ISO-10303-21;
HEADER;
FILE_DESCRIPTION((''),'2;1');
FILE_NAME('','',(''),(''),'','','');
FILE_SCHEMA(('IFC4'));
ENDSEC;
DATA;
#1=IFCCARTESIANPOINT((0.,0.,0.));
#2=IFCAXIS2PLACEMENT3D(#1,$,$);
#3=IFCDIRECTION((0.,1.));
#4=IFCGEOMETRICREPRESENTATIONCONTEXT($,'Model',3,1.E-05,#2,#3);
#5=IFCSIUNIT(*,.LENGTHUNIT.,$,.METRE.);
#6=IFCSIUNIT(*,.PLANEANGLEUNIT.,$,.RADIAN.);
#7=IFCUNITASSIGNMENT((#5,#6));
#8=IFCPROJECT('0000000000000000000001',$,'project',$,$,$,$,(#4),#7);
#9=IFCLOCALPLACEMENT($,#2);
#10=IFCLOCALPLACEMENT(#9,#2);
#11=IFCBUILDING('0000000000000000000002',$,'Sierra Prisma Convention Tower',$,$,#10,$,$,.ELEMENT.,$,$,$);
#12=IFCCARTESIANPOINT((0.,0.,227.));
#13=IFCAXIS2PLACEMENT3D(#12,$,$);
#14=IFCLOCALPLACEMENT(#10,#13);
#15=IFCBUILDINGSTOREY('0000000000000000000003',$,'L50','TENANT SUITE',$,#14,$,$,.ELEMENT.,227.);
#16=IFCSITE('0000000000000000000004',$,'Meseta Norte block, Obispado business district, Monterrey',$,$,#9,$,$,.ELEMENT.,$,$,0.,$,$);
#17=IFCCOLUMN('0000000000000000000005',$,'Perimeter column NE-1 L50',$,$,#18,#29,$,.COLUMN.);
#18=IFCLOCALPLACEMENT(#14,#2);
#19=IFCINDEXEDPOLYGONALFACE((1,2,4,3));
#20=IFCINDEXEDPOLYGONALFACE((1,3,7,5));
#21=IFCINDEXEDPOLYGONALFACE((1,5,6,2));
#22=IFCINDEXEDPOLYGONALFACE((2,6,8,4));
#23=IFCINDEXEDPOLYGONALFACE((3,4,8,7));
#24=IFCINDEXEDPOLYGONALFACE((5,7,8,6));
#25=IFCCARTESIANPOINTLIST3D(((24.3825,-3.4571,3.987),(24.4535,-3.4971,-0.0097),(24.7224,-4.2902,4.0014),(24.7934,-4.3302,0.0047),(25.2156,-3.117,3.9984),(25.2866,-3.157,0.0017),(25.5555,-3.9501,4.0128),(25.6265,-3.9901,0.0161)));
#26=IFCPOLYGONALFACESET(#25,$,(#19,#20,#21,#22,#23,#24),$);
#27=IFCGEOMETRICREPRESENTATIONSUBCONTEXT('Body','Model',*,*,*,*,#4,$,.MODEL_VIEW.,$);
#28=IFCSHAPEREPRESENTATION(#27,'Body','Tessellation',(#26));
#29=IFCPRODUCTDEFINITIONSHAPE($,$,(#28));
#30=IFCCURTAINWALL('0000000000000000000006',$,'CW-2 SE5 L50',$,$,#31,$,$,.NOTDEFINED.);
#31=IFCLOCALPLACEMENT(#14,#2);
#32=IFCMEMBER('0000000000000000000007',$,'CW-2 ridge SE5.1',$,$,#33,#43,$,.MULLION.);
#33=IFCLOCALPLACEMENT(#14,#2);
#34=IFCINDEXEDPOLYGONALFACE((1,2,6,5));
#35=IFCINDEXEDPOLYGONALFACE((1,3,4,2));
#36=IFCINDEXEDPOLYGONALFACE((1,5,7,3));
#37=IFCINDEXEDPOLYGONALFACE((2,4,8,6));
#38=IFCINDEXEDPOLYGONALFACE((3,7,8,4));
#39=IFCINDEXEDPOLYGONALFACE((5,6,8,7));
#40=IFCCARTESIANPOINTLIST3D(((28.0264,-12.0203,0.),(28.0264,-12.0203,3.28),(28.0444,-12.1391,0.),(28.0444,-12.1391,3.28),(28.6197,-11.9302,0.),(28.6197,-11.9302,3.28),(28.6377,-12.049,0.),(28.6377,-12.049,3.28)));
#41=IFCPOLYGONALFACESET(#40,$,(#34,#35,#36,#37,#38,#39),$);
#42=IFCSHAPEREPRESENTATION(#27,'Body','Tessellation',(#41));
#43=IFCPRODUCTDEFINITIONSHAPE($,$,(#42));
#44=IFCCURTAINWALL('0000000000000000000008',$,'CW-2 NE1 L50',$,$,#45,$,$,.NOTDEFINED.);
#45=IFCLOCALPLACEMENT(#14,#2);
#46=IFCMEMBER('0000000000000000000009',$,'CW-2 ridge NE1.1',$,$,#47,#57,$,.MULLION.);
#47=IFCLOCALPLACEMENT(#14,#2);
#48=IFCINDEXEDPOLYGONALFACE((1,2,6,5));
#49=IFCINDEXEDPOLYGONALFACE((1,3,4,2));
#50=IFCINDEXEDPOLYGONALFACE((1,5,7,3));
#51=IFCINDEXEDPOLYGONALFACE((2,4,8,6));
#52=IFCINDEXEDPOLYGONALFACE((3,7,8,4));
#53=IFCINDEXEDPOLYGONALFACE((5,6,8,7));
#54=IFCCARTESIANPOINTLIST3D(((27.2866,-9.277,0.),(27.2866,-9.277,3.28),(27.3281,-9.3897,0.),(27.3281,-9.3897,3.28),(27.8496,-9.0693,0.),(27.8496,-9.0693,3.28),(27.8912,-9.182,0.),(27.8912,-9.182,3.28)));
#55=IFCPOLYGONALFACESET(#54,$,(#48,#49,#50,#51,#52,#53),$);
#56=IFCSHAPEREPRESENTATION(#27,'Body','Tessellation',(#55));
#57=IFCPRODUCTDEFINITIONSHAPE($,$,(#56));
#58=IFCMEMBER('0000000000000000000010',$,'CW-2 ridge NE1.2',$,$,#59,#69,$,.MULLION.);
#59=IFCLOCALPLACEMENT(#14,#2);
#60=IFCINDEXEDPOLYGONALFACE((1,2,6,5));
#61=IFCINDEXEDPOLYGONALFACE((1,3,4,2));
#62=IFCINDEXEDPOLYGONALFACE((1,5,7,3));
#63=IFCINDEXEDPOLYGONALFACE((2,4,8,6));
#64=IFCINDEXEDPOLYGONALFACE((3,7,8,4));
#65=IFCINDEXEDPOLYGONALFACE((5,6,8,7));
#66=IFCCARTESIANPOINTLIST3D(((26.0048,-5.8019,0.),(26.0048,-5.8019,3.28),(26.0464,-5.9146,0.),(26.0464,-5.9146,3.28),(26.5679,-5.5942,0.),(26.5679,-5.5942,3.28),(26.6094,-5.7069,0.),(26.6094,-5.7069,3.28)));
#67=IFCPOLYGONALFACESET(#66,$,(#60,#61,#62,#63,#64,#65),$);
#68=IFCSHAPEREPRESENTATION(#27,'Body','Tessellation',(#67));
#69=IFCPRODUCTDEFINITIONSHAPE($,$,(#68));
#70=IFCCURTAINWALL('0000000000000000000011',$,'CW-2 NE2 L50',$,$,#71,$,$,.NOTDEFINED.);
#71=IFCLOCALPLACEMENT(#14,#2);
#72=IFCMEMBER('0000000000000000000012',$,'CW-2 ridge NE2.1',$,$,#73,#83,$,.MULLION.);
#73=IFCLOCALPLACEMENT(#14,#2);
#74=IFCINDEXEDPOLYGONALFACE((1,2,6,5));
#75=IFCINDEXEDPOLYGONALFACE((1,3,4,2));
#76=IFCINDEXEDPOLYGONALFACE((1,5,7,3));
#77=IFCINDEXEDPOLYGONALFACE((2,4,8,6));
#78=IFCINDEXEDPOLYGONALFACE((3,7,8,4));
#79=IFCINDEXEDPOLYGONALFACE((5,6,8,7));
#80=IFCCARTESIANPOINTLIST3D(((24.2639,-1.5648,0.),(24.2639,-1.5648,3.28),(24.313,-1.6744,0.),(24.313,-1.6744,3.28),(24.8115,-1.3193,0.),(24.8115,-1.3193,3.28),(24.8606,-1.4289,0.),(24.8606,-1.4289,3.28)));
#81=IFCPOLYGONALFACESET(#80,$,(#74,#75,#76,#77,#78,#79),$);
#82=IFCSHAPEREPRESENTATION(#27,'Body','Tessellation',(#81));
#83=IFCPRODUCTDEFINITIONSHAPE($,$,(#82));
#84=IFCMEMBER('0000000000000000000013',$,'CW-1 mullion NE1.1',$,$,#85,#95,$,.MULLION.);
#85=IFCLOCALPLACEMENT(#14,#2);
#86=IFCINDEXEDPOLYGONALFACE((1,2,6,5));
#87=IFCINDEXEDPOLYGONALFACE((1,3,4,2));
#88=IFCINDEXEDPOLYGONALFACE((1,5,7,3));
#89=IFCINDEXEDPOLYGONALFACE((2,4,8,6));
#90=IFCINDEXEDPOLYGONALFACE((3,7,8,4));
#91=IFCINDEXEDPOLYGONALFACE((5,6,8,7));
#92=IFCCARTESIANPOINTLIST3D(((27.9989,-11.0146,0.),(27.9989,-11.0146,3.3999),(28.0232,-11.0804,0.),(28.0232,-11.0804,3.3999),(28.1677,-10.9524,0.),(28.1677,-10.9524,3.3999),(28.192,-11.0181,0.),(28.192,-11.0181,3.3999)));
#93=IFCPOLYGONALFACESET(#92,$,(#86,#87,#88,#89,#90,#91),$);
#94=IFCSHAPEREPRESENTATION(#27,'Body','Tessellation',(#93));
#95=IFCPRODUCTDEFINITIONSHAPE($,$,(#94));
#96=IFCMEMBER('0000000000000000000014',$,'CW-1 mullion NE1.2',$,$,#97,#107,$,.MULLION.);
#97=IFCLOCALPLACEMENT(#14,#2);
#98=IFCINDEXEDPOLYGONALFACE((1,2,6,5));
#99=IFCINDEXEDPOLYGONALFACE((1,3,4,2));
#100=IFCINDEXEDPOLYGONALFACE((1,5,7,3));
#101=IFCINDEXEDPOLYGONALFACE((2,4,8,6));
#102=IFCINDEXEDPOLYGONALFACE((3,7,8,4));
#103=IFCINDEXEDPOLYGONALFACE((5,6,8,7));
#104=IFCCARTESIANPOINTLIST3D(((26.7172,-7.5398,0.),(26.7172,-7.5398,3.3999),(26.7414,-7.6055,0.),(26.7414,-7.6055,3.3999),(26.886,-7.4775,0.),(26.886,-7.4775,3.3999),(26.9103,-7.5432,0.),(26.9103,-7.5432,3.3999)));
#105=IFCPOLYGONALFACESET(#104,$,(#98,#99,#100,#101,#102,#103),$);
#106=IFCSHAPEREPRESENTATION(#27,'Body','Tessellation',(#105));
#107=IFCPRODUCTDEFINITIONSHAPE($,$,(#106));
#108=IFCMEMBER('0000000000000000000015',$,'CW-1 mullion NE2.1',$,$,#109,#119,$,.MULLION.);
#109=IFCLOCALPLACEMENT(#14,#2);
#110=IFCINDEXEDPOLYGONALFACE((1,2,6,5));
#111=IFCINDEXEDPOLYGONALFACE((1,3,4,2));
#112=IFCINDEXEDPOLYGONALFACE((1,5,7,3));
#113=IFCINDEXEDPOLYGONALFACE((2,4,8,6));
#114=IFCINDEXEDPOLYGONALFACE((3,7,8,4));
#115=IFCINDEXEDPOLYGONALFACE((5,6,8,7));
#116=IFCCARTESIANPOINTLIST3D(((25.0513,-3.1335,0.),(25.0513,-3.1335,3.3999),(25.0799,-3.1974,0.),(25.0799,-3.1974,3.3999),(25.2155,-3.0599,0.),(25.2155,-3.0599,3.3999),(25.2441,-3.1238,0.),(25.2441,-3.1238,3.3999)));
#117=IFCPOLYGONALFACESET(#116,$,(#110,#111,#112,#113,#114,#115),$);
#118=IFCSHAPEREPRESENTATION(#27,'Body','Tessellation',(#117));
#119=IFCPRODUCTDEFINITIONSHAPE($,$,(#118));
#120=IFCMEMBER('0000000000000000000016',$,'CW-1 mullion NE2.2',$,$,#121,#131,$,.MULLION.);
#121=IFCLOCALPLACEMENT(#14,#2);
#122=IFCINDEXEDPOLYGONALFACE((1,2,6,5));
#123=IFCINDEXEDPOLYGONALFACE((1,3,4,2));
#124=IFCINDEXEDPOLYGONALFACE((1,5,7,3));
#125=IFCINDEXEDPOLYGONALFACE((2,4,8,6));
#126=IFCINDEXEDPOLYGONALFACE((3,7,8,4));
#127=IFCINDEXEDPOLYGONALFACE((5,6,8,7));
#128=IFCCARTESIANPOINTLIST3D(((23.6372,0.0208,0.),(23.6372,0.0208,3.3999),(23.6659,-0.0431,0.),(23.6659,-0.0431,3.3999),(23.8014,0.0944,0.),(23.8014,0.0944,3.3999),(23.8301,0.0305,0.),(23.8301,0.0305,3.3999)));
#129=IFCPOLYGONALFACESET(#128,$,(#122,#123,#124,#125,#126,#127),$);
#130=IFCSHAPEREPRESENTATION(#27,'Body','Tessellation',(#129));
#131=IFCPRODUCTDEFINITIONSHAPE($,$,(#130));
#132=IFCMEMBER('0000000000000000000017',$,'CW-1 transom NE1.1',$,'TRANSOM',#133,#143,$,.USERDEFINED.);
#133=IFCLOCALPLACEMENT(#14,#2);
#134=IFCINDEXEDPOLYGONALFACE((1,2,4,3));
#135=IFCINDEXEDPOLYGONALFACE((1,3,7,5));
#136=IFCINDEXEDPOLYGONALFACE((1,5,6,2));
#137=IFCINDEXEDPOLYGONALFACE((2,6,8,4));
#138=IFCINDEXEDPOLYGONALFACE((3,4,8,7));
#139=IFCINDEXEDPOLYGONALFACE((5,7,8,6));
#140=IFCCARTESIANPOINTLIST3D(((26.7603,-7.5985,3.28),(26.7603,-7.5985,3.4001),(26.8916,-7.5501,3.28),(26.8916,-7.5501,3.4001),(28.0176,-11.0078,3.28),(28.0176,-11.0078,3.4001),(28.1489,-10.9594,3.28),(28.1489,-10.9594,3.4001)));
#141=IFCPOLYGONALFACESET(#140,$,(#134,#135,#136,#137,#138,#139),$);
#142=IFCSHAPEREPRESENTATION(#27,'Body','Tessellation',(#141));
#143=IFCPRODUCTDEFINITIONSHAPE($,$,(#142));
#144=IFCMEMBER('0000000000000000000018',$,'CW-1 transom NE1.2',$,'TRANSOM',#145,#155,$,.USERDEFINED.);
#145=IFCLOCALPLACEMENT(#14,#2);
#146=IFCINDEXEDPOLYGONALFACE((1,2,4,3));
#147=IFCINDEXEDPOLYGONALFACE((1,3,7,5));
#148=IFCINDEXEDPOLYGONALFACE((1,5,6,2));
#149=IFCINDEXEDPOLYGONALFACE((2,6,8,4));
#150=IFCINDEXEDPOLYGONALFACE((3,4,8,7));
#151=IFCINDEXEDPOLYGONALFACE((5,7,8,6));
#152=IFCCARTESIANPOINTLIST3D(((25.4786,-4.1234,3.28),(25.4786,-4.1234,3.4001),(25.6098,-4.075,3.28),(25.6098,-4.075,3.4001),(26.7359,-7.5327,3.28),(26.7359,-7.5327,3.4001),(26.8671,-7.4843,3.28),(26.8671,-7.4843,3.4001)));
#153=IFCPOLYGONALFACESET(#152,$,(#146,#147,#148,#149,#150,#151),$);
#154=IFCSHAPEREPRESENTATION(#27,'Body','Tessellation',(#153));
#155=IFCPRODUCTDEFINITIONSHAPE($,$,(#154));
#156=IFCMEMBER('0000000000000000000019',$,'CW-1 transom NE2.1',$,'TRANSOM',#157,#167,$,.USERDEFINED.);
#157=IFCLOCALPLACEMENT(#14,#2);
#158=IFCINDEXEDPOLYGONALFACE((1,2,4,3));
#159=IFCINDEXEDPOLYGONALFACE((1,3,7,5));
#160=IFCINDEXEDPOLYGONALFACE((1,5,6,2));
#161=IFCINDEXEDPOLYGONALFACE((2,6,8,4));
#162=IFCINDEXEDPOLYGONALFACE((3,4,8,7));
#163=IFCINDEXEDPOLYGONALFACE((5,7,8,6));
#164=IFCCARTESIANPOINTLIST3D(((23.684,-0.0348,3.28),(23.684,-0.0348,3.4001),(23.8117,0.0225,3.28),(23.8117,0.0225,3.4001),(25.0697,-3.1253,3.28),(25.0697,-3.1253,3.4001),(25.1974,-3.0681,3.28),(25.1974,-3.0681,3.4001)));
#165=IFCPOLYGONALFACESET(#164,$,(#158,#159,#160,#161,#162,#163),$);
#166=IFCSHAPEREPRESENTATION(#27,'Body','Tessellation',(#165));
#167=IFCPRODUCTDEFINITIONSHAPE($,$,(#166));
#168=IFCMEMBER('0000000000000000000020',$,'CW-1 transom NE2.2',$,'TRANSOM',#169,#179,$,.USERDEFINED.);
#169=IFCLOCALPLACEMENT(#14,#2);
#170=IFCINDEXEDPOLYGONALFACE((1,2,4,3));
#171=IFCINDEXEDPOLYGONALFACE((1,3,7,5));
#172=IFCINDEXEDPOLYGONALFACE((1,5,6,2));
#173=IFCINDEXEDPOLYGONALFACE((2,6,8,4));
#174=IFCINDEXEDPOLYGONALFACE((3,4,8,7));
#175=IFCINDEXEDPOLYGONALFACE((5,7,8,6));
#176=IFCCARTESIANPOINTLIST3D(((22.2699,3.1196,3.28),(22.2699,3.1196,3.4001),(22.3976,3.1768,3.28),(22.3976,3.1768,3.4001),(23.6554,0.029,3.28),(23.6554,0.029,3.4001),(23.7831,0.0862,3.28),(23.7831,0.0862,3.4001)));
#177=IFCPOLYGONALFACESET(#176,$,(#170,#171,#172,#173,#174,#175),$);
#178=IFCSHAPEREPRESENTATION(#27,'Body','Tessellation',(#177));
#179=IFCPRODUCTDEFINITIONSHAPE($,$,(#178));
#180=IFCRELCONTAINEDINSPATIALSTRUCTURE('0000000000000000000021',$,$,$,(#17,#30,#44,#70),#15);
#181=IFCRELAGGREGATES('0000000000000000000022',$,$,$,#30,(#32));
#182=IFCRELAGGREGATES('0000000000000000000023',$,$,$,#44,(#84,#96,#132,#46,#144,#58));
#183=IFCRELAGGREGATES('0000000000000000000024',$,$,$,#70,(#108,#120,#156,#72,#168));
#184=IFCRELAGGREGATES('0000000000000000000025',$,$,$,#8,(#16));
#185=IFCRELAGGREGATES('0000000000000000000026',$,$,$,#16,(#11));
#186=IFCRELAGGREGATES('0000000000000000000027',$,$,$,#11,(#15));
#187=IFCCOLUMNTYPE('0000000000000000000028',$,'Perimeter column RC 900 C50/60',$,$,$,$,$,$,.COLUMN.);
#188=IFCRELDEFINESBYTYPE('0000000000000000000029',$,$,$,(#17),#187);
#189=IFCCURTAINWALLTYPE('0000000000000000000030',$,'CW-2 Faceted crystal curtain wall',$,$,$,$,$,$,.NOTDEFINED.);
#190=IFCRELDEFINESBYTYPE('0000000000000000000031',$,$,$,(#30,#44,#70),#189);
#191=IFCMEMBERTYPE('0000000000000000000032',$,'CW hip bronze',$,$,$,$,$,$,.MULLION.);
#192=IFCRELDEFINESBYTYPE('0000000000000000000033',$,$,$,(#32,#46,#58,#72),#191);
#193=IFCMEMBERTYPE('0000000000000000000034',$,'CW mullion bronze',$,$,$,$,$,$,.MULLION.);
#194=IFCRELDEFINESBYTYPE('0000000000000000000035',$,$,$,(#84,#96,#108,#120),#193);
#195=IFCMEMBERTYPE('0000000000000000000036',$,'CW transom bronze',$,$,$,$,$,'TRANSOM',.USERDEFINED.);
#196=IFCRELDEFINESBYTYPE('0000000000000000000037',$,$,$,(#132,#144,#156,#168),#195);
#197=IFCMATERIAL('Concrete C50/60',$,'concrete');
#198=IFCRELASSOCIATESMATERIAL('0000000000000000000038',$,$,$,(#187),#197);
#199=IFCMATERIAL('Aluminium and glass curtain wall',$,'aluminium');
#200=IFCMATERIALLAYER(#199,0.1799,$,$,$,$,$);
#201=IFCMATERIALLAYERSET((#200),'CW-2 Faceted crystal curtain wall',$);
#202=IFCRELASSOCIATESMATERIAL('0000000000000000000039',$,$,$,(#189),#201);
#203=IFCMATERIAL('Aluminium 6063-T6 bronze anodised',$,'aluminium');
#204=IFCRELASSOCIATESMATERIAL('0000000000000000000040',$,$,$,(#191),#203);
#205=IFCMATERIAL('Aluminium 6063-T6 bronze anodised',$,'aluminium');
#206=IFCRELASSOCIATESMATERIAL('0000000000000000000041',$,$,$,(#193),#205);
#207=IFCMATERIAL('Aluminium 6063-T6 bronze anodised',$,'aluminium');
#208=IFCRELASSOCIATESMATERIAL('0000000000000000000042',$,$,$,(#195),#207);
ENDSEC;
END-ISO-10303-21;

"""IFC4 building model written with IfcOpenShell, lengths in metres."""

from ifc_helpers import new_model, si_unit, direction, frame, origin, origin_2d, place, context, subcontext, project, spatial, rectangle, extrude, clip, halfspace, material, layer, layer_set, material_profile, profile_set, type_object, element, aggregate, save


model = new_model("IFC4")

# Units and contexts
model_context = context("Model", 3, precision=1e-05, world=origin(), true_north=direction((0.0, 1.0)))
body_context = subcontext(model_context, "Body", "Model", "MODEL_VIEW")
ifc_project = project(units=[si_unit("LENGTHUNIT", "METRE"), si_unit("PLANEANGLEUNIT", "RADIAN")], contexts=[model_context])

# Site, building, storey
site_placement = place(None, origin())
site = spatial("IfcSite", under=ifc_project, at=site_placement, Name="Meseta Norte block, Obispado business district, Monterrey", CompositionType="ELEMENT", RefElevation=0.0)
building_placement = place(site_placement, origin())
building = spatial("IfcBuilding", under=site, at=building_placement, Name="Sierra Prisma Convention Tower", CompositionType="ELEMENT")
storey_placement = place(building_placement, frame((0.0, 0.0, 227.0)))
storey = spatial("IfcBuildingStorey", under=building, at=storey_placement, Name="L50", Description="TENANT SUITE", CompositionType="ELEMENT", Elevation=227.0)

# Column
ifc_material_1 = material(Name="Concrete C50/60", Category="concrete")
ifc_material_profile_1 = material_profile(ifc_material_1, rectangle(XDim=0.8999, YDim=0.8999, at=origin_2d()), Name="Perimeter column RC 900 C50/60")
ifc_profile_set_1 = profile_set([ifc_material_profile_1], Name="Concrete C50/60")
column_type = type_object("IfcColumnType", Name="Perimeter column RC 900 C50/60", PredefinedType="COLUMN", material=ifc_profile_set_1)
column_placement = place(storey_placement, frame((25.04, -3.7437, 0.0), z_axis=(-0.017758, 0.010008, 0.999792), x_axis=(-0.37773, 0.925778, -0.015976)))
element("IfcColumn", 1, at=column_placement, inside=storey, type_object=column_type, Name="Perimeter column NE-1 L50", PredefinedType="COLUMN", context=body_context, shape_type="SweptSolid", body=[
    clip(extrude(rectangle(XDim=0.8999, YDim=0.8999, at=origin_2d()), origin(), (0.0, 0.0, 1.0), 4.0007), halfspace(frame((0.0, 0.0, 0.0032)), True)),
])

# Curtain wall, member
ifc_material_2 = material(Name="Aluminium and glass curtain wall", Category="aluminium")
ifc_layer_1 = layer(ifc_material_2, 0.1799)
ifc_layer_set_1 = layer_set([ifc_layer_1], Name="CW-2 Faceted crystal curtain wall")
curtain_wall_type = type_object("IfcCurtainWallType", Name="CW-2 Faceted crystal curtain wall", PredefinedType="NOTDEFINED", material=ifc_layer_set_1)
curtain_wall_1_placement = place(storey_placement, origin())
curtain_wall_1 = element("IfcCurtainWall", 2, at=curtain_wall_1_placement, inside=storey, type_object=curtain_wall_type, Name="CW-2 SE5 L50", PredefinedType="NOTDEFINED")
ifc_material_3 = material(Name="Aluminium 6063-T6 bronze anodised", Category="aluminium")
ifc_material_profile_2 = material_profile(ifc_material_3, rectangle(XDim=0.1201, YDim=0.6001, at=origin_2d()), Name="ALU RIDGE BLADE 120x600")
ifc_profile_set_2 = profile_set([ifc_material_profile_2], Name="Aluminium 6063-T6 bronze anodised")
member_type_1 = type_object("IfcMemberType", Name="CW hip bronze", PredefinedType="MULLION", material=ifc_profile_set_2)
member_1_placement = place(storey_placement, frame((28.332, -12.0347, 0.0), z_axis=(0.0, 0.0, 1.0), x_axis=(-0.15016, 0.988662, 0.0)))
member_1 = element("IfcMember", 3, at=member_1_placement, type_object=member_type_1, Name="CW-2 ridge SE5.1", PredefinedType="MULLION", context=body_context, shape_type="SweptSolid", body=[
    extrude(rectangle(XDim=0.1201, YDim=0.6001, at=origin_2d()), origin(), (0.0, 0.0, 1.0), 3.28),
])

# Curtain wall, members
curtain_wall_2_placement = place(storey_placement, origin())
curtain_wall_2 = element("IfcCurtainWall", 4, at=curtain_wall_2_placement, inside=storey, type_object=curtain_wall_type, Name="CW-2 NE1 L50", PredefinedType="NOTDEFINED")
member_2_placement = place(storey_placement, frame((27.5889, -9.2295, 0.0), z_axis=(0.0, 0.0, 1.0), x_axis=(-0.346052, 0.938215, 0.0)))
member_2 = element("IfcMember", 5, at=member_2_placement, type_object=member_type_1, Name="CW-2 ridge NE1.1", PredefinedType="MULLION", context=body_context, shape_type="SweptSolid", body=[
    extrude(rectangle(XDim=0.1201, YDim=0.6001, at=origin_2d()), origin(), (0.0, 0.0, 1.0), 3.28),
])
member_3_placement = place(storey_placement, frame((26.3071, -5.7544, 0.0), z_axis=(0.0, 0.0, 1.0), x_axis=(-0.346052, 0.938215, 0.0)))
member_3 = element("IfcMember", 6, at=member_3_placement, type_object=member_type_1, Name="CW-2 ridge NE1.2", PredefinedType="MULLION", context=body_context, shape_type="SweptSolid", body=[
    extrude(rectangle(XDim=0.1201, YDim=0.6001, at=origin_2d()), origin(), (0.0, 0.0, 1.0), 3.28),
])

# Curtain wall, member
curtain_wall_3_placement = place(storey_placement, origin())
curtain_wall_3 = element("IfcCurtainWall", 7, at=curtain_wall_3_placement, inside=storey, type_object=curtain_wall_type, Name="CW-2 NE2 L50", PredefinedType="NOTDEFINED")
member_4_placement = place(storey_placement, frame((24.5623, -1.4968, 0.0), z_axis=(0.0, 0.0, 1.0), x_axis=(-0.409089, 0.912494, 0.0)))
member_4 = element("IfcMember", 8, at=member_4_placement, type_object=member_type_1, Name="CW-2 ridge NE2.1", PredefinedType="MULLION", context=body_context, shape_type="SweptSolid", body=[
    extrude(rectangle(XDim=0.1201, YDim=0.6001, at=origin_2d()), origin(), (0.0, 0.0, 1.0), 3.28),
])

# Members
ifc_material_4 = material(Name="Aluminium 6063-T6 bronze anodised", Category="aluminium")
ifc_material_profile_3 = material_profile(ifc_material_4, rectangle(XDim=0.1799, YDim=0.0701, at=origin_2d()), Name="ALU MULLION 70x180")
ifc_profile_set_3 = profile_set([ifc_material_profile_3], Name="Aluminium 6063-T6 bronze anodised")
member_type_2 = type_object("IfcMemberType", Name="CW mullion bronze", PredefinedType="MULLION", material=ifc_profile_set_3)
member_5_placement = place(storey_placement, frame((28.0955, -11.0164, 0.0), z_axis=(0.0, 0.0, 1.0), x_axis=(-0.938215, -0.346052, 0.0)))
member_5 = element("IfcMember", 9, at=member_5_placement, type_object=member_type_2, Name="CW-1 mullion NE1.1", PredefinedType="MULLION", context=body_context, shape_type="SweptSolid", body=[
    extrude(rectangle(XDim=0.1799, YDim=0.0701, at=origin_2d()), origin(), (0.0, 0.0, 1.0), 3.3999),
])
member_6_placement = place(storey_placement, frame((26.8137, -7.5415, 0.0), z_axis=(0.0, 0.0, 1.0), x_axis=(-0.938215, -0.346052, 0.0)))
member_6 = element("IfcMember", 10, at=member_6_placement, type_object=member_type_2, Name="CW-1 mullion NE1.2", PredefinedType="MULLION", context=body_context, shape_type="SweptSolid", body=[
    extrude(rectangle(XDim=0.1799, YDim=0.0701, at=origin_2d()), origin(), (0.0, 0.0, 1.0), 3.3999),
])
member_7_placement = place(storey_placement, frame((25.1477, -3.1287, 0.0), z_axis=(0.0, 0.0, 1.0), x_axis=(-0.912494, -0.409089, 0.0)))
member_7 = element("IfcMember", 11, at=member_7_placement, type_object=member_type_2, Name="CW-1 mullion NE2.1", PredefinedType="MULLION", context=body_context, shape_type="SweptSolid", body=[
    extrude(rectangle(XDim=0.1799, YDim=0.0701, at=origin_2d()), origin(), (0.0, 0.0, 1.0), 3.3999),
])
member_8_placement = place(storey_placement, frame((23.7336, 0.0256, 0.0), z_axis=(0.0, 0.0, 1.0), x_axis=(-0.912494, -0.409089, 0.0)))
member_8 = element("IfcMember", 12, at=member_8_placement, type_object=member_type_2, Name="CW-1 mullion NE2.2", PredefinedType="MULLION", context=body_context, shape_type="SweptSolid", body=[
    extrude(rectangle(XDim=0.1799, YDim=0.0701, at=origin_2d()), origin(), (0.0, 0.0, 1.0), 3.3999),
])
ifc_material_5 = material(Name="Aluminium 6063-T6 bronze anodised", Category="aluminium")
ifc_material_profile_4 = material_profile(ifc_material_5, rectangle(XDim=0.1399, YDim=0.1201, at=origin_2d()), Name="ALU TRANSOM 120x140")
ifc_profile_set_4 = profile_set([ifc_material_profile_4], Name="Aluminium 6063-T6 bronze anodised")
member_type_3 = type_object("IfcMemberType", Name="CW transom bronze", ElementType="TRANSOM", PredefinedType="USERDEFINED", material=ifc_profile_set_4)
member_9_placement = place(storey_placement, frame((28.0833, -10.9836, 3.3401), z_axis=(-0.346001, 0.938234, 0.0), x_axis=(-0.938234, -0.346001, 0.0)))
member_9 = element("IfcMember", 13, at=member_9_placement, type_object=member_type_3, Name="CW-1 transom NE1.1", ObjectType="TRANSOM", PredefinedType="USERDEFINED", context=body_context, shape_type="SweptSolid", body=[
    extrude(rectangle(XDim=0.1399, YDim=0.1201, at=origin_2d()), origin(), (0.0, 0.0, 1.0), 3.6338),
])
member_10_placement = place(storey_placement, frame((26.8015, -7.5085, 3.3401), z_axis=(-0.346001, 0.938234, 0.0), x_axis=(-0.938234, -0.346001, 0.0)))
member_10 = element("IfcMember", 14, at=member_10_placement, type_object=member_type_3, Name="CW-1 transom NE1.2", ObjectType="TRANSOM", PredefinedType="USERDEFINED", context=body_context, shape_type="SweptSolid", body=[
    extrude(rectangle(XDim=0.1399, YDim=0.1201, at=origin_2d()), origin(), (0.0, 0.0, 1.0), 3.6338),
])
member_11_placement = place(storey_placement, frame((25.1335, -3.0967, 3.3401), z_axis=(-0.409132, 0.912475, 0.0), x_axis=(-0.912475, -0.409132, 0.0)))
member_11 = element("IfcMember", 15, at=member_11_placement, type_object=member_type_3, Name="CW-1 transom NE2.1", ObjectType="TRANSOM", PredefinedType="USERDEFINED", context=body_context, shape_type="SweptSolid", body=[
    extrude(rectangle(XDim=0.1399, YDim=0.1201, at=origin_2d()), origin(), (0.0, 0.0, 1.0), 3.387),
])
member_12_placement = place(storey_placement, frame((23.7192, 0.0576, 3.3401), z_axis=(-0.409072, 0.912502, 0.0), x_axis=(-0.912502, -0.409072, 0.0)))
member_12 = element("IfcMember", 16, at=member_12_placement, type_object=member_type_3, Name="CW-1 transom NE2.2", ObjectType="TRANSOM", PredefinedType="USERDEFINED", context=body_context, shape_type="SweptSolid", body=[
    extrude(rectangle(XDim=0.1399, YDim=0.1201, at=origin_2d()), origin(), (0.0, 0.0, 1.0), 3.387),
])

aggregate(curtain_wall_1, [member_1])
aggregate(curtain_wall_2, [member_5, member_6, member_9, member_2, member_10, member_3])
aggregate(curtain_wall_3, [member_7, member_8, member_11, member_4, member_12])

save(model, "model.ifc")
